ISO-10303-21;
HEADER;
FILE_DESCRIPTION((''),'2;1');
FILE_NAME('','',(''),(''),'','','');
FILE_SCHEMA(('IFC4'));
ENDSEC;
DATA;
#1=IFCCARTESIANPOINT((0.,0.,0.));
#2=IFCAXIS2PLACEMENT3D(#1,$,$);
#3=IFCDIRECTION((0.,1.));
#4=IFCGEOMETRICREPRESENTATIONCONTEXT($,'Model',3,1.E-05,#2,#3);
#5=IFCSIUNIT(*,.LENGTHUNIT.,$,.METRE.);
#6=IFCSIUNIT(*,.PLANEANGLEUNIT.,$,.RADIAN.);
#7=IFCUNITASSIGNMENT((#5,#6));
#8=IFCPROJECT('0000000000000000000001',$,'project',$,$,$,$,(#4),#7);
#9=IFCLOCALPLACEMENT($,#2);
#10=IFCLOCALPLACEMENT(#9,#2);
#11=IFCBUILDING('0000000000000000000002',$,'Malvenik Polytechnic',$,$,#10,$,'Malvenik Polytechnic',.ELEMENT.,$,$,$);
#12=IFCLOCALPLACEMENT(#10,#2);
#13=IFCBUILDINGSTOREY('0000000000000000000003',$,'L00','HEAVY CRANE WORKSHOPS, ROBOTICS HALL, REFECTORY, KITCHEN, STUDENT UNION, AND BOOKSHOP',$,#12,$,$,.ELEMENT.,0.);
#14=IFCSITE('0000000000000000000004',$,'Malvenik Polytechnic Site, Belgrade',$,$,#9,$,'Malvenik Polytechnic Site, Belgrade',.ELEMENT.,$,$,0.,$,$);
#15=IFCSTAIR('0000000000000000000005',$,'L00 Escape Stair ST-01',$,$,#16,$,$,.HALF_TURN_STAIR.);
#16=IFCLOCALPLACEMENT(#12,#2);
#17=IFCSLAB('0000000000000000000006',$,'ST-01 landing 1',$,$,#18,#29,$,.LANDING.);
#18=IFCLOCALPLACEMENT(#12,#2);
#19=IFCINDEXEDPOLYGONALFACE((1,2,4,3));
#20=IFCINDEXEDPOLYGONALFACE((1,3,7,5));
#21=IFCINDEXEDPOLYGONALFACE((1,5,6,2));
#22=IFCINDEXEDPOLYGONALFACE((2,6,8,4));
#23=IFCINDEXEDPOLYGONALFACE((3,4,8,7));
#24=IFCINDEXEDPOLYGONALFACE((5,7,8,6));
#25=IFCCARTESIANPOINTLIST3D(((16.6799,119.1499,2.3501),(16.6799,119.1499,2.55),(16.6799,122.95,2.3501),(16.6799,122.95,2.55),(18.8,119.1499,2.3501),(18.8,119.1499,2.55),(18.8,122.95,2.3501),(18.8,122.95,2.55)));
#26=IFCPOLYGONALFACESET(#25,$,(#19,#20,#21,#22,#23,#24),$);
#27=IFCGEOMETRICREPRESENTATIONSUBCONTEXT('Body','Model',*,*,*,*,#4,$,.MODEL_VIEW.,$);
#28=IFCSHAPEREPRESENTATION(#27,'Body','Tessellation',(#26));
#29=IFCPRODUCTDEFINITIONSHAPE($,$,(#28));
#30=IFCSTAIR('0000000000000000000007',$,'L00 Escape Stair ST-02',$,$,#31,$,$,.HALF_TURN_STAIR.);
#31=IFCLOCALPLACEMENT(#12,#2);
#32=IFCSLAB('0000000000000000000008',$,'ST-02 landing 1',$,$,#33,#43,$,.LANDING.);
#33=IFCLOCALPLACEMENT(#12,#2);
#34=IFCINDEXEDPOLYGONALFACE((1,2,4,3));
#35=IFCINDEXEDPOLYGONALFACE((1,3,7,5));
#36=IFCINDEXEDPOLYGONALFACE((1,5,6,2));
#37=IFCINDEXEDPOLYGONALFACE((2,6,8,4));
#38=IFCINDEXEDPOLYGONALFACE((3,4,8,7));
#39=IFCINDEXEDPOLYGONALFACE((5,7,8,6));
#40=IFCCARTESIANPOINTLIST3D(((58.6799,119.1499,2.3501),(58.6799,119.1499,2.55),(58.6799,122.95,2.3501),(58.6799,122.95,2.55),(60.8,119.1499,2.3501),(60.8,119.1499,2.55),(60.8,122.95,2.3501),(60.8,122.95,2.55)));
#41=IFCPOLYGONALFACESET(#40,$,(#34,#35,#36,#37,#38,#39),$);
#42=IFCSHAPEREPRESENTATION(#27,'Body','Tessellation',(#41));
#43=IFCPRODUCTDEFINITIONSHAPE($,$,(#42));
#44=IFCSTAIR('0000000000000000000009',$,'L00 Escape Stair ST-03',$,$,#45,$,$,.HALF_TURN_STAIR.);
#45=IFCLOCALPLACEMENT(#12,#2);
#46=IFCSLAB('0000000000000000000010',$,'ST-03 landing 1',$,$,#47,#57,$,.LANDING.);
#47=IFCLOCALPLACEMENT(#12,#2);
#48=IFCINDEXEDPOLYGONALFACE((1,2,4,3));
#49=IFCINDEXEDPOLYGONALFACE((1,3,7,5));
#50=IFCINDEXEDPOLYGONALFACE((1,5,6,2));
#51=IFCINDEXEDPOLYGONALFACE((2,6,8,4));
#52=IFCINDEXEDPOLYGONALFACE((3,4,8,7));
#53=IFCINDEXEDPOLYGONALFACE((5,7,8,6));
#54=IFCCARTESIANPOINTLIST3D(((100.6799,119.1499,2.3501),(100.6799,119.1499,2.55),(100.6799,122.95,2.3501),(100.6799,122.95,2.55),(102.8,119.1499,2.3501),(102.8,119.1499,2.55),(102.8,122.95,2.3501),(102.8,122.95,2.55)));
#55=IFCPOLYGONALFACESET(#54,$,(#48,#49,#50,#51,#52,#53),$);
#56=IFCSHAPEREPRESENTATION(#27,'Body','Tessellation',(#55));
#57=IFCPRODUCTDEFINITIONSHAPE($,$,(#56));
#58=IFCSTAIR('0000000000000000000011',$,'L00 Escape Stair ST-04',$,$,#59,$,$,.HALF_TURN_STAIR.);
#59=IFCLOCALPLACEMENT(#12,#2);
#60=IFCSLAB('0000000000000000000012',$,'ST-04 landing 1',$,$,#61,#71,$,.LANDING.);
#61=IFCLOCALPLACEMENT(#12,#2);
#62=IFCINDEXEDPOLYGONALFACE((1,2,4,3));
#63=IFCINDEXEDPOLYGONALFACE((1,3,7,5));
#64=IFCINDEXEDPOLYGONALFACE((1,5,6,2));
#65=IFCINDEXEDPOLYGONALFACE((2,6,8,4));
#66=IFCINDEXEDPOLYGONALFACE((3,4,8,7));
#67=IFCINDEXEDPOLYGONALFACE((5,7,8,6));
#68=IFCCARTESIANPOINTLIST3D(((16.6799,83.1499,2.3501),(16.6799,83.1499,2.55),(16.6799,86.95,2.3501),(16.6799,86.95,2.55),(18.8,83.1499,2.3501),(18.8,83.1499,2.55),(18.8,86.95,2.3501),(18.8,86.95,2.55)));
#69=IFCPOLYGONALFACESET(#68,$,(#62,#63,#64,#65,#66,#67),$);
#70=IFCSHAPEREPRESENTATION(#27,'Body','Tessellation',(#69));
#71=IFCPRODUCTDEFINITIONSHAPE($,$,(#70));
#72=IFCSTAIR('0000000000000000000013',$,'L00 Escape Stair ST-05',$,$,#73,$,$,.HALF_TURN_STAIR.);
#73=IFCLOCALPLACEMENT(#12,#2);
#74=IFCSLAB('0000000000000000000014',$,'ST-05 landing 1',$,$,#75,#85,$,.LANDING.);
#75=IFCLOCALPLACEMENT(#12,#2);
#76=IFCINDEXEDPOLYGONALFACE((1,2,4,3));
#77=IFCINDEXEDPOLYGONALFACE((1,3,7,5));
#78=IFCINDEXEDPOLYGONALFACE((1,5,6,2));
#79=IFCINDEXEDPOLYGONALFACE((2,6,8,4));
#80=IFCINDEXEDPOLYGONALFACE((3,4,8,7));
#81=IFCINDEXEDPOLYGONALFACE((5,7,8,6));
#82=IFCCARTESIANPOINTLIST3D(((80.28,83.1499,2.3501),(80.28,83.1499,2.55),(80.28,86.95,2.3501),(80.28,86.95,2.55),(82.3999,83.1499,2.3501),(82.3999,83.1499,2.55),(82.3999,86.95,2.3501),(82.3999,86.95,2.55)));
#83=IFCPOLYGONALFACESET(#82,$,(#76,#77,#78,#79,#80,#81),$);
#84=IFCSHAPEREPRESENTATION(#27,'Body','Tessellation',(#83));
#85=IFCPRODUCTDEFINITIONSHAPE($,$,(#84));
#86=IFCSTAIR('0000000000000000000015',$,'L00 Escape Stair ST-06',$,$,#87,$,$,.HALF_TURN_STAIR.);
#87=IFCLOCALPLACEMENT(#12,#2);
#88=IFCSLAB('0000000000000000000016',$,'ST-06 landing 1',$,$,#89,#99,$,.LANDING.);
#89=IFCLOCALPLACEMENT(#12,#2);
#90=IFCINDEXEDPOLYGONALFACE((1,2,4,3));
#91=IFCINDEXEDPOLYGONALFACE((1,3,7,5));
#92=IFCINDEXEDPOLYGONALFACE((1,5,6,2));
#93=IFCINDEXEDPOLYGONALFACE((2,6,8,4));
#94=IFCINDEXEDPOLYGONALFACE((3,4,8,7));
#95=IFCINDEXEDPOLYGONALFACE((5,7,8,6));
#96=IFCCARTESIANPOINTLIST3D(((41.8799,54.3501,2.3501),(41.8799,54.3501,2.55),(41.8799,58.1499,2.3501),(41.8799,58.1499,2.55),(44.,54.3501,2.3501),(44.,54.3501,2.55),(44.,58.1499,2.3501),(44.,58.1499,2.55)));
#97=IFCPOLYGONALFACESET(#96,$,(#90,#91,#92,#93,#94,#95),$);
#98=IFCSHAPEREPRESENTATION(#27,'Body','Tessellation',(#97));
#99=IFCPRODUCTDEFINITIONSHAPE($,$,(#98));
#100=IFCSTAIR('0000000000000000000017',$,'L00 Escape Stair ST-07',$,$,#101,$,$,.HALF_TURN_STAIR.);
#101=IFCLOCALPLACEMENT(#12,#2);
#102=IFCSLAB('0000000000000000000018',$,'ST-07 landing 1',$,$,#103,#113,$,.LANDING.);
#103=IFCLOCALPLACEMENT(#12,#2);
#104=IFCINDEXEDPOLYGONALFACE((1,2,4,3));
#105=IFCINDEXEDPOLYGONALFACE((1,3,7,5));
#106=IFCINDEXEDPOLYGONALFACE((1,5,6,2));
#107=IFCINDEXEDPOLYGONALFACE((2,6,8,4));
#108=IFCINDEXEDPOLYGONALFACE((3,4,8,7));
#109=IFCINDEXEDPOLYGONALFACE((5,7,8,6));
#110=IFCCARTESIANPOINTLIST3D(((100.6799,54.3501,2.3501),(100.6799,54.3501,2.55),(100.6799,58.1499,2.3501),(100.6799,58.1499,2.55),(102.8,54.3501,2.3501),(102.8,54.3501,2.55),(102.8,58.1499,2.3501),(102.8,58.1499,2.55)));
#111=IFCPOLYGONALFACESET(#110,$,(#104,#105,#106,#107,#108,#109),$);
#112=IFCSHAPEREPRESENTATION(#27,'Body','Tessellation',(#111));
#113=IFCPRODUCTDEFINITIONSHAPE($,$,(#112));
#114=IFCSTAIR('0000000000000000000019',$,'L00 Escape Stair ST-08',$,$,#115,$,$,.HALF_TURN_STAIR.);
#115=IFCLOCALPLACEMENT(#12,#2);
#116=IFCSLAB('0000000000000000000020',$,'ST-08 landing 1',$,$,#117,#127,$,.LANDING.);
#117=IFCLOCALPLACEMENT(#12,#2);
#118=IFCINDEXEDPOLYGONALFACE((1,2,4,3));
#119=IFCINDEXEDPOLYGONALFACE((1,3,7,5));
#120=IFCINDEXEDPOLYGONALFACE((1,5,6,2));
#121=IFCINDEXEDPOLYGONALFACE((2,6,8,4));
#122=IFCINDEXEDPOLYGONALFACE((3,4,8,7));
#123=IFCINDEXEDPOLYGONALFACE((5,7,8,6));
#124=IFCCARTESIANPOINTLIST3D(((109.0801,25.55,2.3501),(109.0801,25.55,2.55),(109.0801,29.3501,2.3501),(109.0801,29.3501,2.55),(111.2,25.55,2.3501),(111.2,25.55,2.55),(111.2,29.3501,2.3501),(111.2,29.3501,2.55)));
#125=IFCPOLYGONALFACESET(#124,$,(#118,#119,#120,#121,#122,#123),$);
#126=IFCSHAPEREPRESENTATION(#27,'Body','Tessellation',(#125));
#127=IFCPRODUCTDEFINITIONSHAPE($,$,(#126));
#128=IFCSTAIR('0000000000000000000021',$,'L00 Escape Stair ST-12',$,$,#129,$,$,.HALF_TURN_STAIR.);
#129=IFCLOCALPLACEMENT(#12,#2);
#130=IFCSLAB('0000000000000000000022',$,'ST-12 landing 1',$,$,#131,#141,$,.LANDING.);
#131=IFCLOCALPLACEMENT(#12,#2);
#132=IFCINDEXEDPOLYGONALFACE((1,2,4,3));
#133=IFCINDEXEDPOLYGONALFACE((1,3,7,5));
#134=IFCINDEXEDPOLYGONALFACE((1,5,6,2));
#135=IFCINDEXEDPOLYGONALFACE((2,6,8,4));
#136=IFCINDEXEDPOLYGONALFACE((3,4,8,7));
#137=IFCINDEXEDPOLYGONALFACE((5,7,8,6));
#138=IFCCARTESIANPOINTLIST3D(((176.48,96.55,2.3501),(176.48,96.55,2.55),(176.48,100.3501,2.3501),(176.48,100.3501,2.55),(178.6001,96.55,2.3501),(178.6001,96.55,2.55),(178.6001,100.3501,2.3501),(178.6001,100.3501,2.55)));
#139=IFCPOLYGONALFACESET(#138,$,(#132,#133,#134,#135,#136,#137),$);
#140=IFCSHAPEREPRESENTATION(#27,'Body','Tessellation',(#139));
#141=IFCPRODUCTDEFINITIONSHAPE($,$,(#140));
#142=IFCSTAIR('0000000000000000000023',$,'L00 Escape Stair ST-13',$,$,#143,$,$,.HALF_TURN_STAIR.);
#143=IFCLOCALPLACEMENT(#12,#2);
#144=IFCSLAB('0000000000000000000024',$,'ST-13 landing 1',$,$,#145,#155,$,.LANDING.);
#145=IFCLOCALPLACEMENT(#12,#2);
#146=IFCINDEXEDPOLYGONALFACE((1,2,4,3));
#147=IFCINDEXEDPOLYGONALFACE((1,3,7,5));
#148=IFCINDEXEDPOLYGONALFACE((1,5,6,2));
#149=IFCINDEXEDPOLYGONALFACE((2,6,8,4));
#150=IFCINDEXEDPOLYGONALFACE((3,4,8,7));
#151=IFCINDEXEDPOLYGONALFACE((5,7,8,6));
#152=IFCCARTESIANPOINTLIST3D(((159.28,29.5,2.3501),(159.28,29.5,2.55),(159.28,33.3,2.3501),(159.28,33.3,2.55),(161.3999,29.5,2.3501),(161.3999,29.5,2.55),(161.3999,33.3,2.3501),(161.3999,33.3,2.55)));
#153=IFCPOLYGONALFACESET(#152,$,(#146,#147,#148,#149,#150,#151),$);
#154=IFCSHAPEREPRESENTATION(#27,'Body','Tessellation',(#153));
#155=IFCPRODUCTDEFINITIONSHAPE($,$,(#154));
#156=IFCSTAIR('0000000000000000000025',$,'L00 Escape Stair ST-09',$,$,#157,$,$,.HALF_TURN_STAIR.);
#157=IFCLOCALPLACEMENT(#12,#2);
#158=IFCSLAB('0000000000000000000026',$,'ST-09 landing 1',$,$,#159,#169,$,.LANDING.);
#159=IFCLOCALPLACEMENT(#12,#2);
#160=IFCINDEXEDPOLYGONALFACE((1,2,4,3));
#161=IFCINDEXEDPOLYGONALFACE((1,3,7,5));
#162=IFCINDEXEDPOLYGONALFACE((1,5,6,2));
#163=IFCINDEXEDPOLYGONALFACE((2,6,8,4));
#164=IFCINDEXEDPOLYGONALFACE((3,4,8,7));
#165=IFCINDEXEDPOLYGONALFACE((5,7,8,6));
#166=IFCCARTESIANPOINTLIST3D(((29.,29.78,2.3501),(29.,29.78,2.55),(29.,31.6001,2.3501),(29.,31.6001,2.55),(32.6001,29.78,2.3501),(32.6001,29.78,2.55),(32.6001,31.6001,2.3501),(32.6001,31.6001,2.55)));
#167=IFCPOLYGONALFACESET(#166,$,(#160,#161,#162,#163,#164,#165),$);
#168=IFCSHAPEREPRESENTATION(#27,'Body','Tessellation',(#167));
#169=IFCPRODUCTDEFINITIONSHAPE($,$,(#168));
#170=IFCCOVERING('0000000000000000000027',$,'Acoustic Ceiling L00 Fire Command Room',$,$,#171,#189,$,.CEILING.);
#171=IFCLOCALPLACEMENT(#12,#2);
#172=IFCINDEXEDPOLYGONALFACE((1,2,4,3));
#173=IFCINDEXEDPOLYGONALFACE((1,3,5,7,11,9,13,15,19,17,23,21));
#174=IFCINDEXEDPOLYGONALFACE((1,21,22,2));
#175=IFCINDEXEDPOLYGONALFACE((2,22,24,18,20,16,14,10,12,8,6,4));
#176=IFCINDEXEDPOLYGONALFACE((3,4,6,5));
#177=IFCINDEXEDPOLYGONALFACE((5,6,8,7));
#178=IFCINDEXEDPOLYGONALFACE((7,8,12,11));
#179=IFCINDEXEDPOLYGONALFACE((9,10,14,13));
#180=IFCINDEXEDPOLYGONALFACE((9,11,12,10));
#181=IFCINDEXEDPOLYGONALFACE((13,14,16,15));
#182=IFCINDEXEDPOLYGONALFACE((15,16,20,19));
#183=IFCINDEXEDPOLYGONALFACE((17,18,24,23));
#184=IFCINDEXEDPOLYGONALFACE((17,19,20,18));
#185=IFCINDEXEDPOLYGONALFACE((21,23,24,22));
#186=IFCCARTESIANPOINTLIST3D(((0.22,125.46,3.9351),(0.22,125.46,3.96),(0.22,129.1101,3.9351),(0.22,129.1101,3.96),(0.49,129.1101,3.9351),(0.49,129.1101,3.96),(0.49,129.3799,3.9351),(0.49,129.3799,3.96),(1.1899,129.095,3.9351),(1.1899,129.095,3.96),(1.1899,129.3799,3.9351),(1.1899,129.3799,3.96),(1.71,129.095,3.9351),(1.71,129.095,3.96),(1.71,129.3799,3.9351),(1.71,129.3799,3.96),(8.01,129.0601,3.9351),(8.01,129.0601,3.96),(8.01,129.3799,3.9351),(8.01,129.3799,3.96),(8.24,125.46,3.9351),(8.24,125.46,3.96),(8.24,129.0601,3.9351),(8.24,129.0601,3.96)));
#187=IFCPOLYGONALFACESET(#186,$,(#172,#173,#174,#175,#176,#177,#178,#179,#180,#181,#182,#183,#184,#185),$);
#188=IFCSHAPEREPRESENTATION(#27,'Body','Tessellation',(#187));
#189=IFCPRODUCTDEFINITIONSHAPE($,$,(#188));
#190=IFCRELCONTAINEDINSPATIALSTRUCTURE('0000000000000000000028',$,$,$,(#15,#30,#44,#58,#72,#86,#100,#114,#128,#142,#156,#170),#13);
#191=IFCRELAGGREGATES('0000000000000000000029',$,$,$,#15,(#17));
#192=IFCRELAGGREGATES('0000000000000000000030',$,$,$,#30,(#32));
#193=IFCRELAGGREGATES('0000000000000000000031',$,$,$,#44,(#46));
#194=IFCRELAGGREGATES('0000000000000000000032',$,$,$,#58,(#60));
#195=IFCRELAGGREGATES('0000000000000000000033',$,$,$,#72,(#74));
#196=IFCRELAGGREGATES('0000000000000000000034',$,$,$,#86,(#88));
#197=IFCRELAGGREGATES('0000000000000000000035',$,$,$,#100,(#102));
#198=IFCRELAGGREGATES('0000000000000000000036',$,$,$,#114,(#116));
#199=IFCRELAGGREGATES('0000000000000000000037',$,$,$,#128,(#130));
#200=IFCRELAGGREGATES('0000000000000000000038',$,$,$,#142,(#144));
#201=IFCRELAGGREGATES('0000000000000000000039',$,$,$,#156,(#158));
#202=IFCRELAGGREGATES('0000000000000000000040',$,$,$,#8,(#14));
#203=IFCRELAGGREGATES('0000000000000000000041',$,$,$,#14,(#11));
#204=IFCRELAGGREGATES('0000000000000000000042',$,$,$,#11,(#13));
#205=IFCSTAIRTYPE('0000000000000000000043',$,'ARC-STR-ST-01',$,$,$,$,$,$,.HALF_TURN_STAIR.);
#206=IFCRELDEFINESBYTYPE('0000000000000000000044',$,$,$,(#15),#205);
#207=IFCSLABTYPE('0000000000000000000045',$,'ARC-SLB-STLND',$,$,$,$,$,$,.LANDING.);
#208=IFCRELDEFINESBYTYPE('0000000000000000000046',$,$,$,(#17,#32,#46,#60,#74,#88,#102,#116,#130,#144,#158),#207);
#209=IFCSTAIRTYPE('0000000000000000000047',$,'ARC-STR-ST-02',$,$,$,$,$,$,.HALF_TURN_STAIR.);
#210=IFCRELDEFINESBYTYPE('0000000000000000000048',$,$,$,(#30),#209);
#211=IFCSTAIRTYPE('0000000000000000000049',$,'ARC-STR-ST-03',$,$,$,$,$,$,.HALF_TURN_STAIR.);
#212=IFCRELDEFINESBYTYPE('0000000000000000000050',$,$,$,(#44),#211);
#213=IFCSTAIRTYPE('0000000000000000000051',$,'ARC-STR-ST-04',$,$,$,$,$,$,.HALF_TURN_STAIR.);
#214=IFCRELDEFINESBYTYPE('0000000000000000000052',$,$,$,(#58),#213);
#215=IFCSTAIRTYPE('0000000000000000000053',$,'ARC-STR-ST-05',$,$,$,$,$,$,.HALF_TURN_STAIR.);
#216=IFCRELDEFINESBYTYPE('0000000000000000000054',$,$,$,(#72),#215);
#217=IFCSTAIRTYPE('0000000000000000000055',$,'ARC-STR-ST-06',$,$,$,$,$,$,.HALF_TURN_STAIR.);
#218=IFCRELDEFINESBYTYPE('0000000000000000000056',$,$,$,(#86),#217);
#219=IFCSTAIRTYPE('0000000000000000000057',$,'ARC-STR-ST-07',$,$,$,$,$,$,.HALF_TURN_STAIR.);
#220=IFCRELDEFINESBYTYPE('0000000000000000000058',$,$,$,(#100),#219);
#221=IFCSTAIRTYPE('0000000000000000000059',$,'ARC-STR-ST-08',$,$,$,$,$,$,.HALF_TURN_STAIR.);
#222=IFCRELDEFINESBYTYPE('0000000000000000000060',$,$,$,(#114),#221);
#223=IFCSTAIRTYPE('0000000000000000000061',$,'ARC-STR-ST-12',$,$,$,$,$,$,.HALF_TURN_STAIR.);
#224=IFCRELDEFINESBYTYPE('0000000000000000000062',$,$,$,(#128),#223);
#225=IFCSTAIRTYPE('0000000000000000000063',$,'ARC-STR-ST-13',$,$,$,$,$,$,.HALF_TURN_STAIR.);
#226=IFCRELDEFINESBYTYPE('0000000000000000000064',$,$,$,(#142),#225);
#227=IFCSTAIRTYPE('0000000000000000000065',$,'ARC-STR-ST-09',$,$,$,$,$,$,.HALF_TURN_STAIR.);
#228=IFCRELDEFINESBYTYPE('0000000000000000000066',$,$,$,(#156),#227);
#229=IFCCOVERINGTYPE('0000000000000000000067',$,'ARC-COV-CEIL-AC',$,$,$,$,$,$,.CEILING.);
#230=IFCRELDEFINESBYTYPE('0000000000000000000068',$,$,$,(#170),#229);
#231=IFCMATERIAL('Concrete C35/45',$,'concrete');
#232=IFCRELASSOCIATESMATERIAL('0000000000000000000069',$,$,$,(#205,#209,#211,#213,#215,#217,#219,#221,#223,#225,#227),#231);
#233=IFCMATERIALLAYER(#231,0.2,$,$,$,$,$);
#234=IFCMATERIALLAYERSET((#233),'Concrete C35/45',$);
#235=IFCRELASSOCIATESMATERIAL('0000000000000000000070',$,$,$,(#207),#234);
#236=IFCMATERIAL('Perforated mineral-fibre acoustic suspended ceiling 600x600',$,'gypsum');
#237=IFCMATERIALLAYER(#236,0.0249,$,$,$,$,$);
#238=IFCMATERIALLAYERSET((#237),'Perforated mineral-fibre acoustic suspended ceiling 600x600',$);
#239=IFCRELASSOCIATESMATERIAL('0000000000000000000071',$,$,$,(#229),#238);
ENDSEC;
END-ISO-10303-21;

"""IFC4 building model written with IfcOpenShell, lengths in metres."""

from ifc_helpers import new_model, si_unit, direction, frame, origin, place, context, subcontext, project, spatial, polyline, outline, extrude, material, layer, layer_set, type_object, element, aggregate, save


model = new_model("IFC4")

# Units and contexts
model_context = context("Model", 3, precision=1e-05, world=origin(), true_north=direction((0.0, 1.0)))
body_context = subcontext(model_context, "Body", "Model", "MODEL_VIEW")
ifc_project = project(units=[si_unit("LENGTHUNIT", "METRE"), si_unit("PLANEANGLEUNIT", "RADIAN")], contexts=[model_context])

# Site, building, storey
site_placement = place(None, origin())
site = spatial("IfcSite", under=ifc_project, at=site_placement, Name="Malvenik Polytechnic Site, Belgrade", LongName="Malvenik Polytechnic Site, Belgrade", CompositionType="ELEMENT", RefElevation=0.0)
building_placement = place(site_placement, origin())
building = spatial("IfcBuilding", under=site, at=building_placement, Name="Malvenik Polytechnic", LongName="Malvenik Polytechnic", CompositionType="ELEMENT")
storey_placement = place(building_placement, origin())
storey = spatial("IfcBuildingStorey", under=building, at=storey_placement, Name="L00", Description="HEAVY CRANE WORKSHOPS, ROBOTICS HALL, REFECTORY, KITCHEN, STUDENT UNION, AND BOOKSHOP", CompositionType="ELEMENT", Elevation=0.0)

# Stairs, slabs
ifc_material_1 = material(Name="Concrete C35/45", Category="concrete")
stair_type_1 = type_object("IfcStairType", Name="ARC-STR-ST-01", PredefinedType="HALF_TURN_STAIR", material=ifc_material_1)
stair_1_placement = place(storey_placement, origin())
stair_1 = element("IfcStair", 1, at=stair_1_placement, inside=storey, type_object=stair_type_1, Name="L00 Escape Stair ST-01", PredefinedType="HALF_TURN_STAIR")
ifc_layer_1 = layer(ifc_material_1, 0.2)
ifc_layer_set_1 = layer_set([ifc_layer_1], Name="Concrete C35/45")
slab_type = type_object("IfcSlabType", Name="ARC-SLB-STLND", PredefinedType="LANDING", material=ifc_layer_set_1)
slab_1_placement = place(storey_placement, frame((0.0, 0.0, 2.3501)))
slab_1 = element("IfcSlab", 2, at=slab_1_placement, type_object=slab_type, Name="ST-01 landing 1", PredefinedType="LANDING", context=body_context, shape_type="SweptSolid", body=[
    extrude(outline(polyline([(16.6799, 119.1499), (18.8, 119.1499), (18.8, 122.95), (16.6799, 122.95), (16.6799, 119.1499)])), origin(), (0.0, 0.0, 1.0), 0.2),
])
aggregate(stair_1, [slab_1])
stair_type_2 = type_object("IfcStairType", Name="ARC-STR-ST-02", PredefinedType="HALF_TURN_STAIR", material=ifc_material_1)
stair_2_placement = place(storey_placement, origin())
stair_2 = element("IfcStair", 3, at=stair_2_placement, inside=storey, type_object=stair_type_2, Name="L00 Escape Stair ST-02", PredefinedType="HALF_TURN_STAIR")
slab_2_placement = place(storey_placement, frame((0.0, 0.0, 2.3501)))
slab_2 = element("IfcSlab", 4, at=slab_2_placement, type_object=slab_type, Name="ST-02 landing 1", PredefinedType="LANDING", context=body_context, shape_type="SweptSolid", body=[
    extrude(outline(polyline([(58.6799, 119.1499), (60.8, 119.1499), (60.8, 122.95), (58.6799, 122.95), (58.6799, 119.1499)])), origin(), (0.0, 0.0, 1.0), 0.2),
])
aggregate(stair_2, [slab_2])
stair_type_3 = type_object("IfcStairType", Name="ARC-STR-ST-03", PredefinedType="HALF_TURN_STAIR", material=ifc_material_1)
stair_3_placement = place(storey_placement, origin())
stair_3 = element("IfcStair", 5, at=stair_3_placement, inside=storey, type_object=stair_type_3, Name="L00 Escape Stair ST-03", PredefinedType="HALF_TURN_STAIR")
slab_3_placement = place(storey_placement, frame((0.0, 0.0, 2.3501)))
slab_3 = element("IfcSlab", 6, at=slab_3_placement, type_object=slab_type, Name="ST-03 landing 1", PredefinedType="LANDING", context=body_context, shape_type="SweptSolid", body=[
    extrude(outline(polyline([(100.6799, 119.1499), (102.8, 119.1499), (102.8, 122.95), (100.6799, 122.95), (100.6799, 119.1499)])), origin(), (0.0, 0.0, 1.0), 0.2),
])
aggregate(stair_3, [slab_3])
stair_type_4 = type_object("IfcStairType", Name="ARC-STR-ST-04", PredefinedType="HALF_TURN_STAIR", material=ifc_material_1)
stair_4_placement = place(storey_placement, origin())
stair_4 = element("IfcStair", 7, at=stair_4_placement, inside=storey, type_object=stair_type_4, Name="L00 Escape Stair ST-04", PredefinedType="HALF_TURN_STAIR")
slab_4_placement = place(storey_placement, frame((0.0, 0.0, 2.3501)))
slab_4 = element("IfcSlab", 8, at=slab_4_placement, type_object=slab_type, Name="ST-04 landing 1", PredefinedType="LANDING", context=body_context, shape_type="SweptSolid", body=[
    extrude(outline(polyline([(16.6799, 83.1499), (18.8, 83.1499), (18.8, 86.95), (16.6799, 86.95), (16.6799, 83.1499)])), origin(), (0.0, 0.0, 1.0), 0.2),
])
aggregate(stair_4, [slab_4])
stair_type_5 = type_object("IfcStairType", Name="ARC-STR-ST-05", PredefinedType="HALF_TURN_STAIR", material=ifc_material_1)
stair_5_placement = place(storey_placement, origin())
stair_5 = element("IfcStair", 9, at=stair_5_placement, inside=storey, type_object=stair_type_5, Name="L00 Escape Stair ST-05", PredefinedType="HALF_TURN_STAIR")
slab_5_placement = place(storey_placement, frame((0.0, 0.0, 2.3501)))
slab_5 = element("IfcSlab", 10, at=slab_5_placement, type_object=slab_type, Name="ST-05 landing 1", PredefinedType="LANDING", context=body_context, shape_type="SweptSolid", body=[
    extrude(outline(polyline([(80.28, 83.1499), (82.3999, 83.1499), (82.3999, 86.95), (80.28, 86.95), (80.28, 83.1499)])), origin(), (0.0, 0.0, 1.0), 0.2),
])
aggregate(stair_5, [slab_5])
stair_type_6 = type_object("IfcStairType", Name="ARC-STR-ST-06", PredefinedType="HALF_TURN_STAIR", material=ifc_material_1)
stair_6_placement = place(storey_placement, origin())
stair_6 = element("IfcStair", 11, at=stair_6_placement, inside=storey, type_object=stair_type_6, Name="L00 Escape Stair ST-06", PredefinedType="HALF_TURN_STAIR")
slab_6_placement = place(storey_placement, frame((0.0, 0.0, 2.3501)))
slab_6 = element("IfcSlab", 12, at=slab_6_placement, type_object=slab_type, Name="ST-06 landing 1", PredefinedType="LANDING", context=body_context, shape_type="SweptSolid", body=[
    extrude(outline(polyline([(41.8799, 54.3501), (44.0, 54.3501), (44.0, 58.1499), (41.8799, 58.1499), (41.8799, 54.3501)])), origin(), (0.0, 0.0, 1.0), 0.2),
])
aggregate(stair_6, [slab_6])
stair_type_7 = type_object("IfcStairType", Name="ARC-STR-ST-07", PredefinedType="HALF_TURN_STAIR", material=ifc_material_1)
stair_7_placement = place(storey_placement, origin())
stair_7 = element("IfcStair", 13, at=stair_7_placement, inside=storey, type_object=stair_type_7, Name="L00 Escape Stair ST-07", PredefinedType="HALF_TURN_STAIR")
slab_7_placement = place(storey_placement, frame((0.0, 0.0, 2.3501)))
slab_7 = element("IfcSlab", 14, at=slab_7_placement, type_object=slab_type, Name="ST-07 landing 1", PredefinedType="LANDING", context=body_context, shape_type="SweptSolid", body=[
    extrude(outline(polyline([(100.6799, 54.3501), (102.8, 54.3501), (102.8, 58.1499), (100.6799, 58.1499), (100.6799, 54.3501)])), origin(), (0.0, 0.0, 1.0), 0.2),
])
aggregate(stair_7, [slab_7])
stair_type_8 = type_object("IfcStairType", Name="ARC-STR-ST-08", PredefinedType="HALF_TURN_STAIR", material=ifc_material_1)
stair_8_placement = place(storey_placement, origin())
stair_8 = element("IfcStair", 15, at=stair_8_placement, inside=storey, type_object=stair_type_8, Name="L00 Escape Stair ST-08", PredefinedType="HALF_TURN_STAIR")
slab_8_placement = place(storey_placement, frame((0.0, 0.0, 2.3501)))
slab_8 = element("IfcSlab", 16, at=slab_8_placement, type_object=slab_type, Name="ST-08 landing 1", PredefinedType="LANDING", context=body_context, shape_type="SweptSolid", body=[
    extrude(outline(polyline([(109.0801, 25.55), (111.2, 25.55), (111.2, 29.3501), (109.0801, 29.3501), (109.0801, 25.55)])), origin(), (0.0, 0.0, 1.0), 0.2),
])
aggregate(stair_8, [slab_8])
stair_type_9 = type_object("IfcStairType", Name="ARC-STR-ST-12", PredefinedType="HALF_TURN_STAIR", material=ifc_material_1)
stair_9_placement = place(storey_placement, origin())
stair_9 = element("IfcStair", 17, at=stair_9_placement, inside=storey, type_object=stair_type_9, Name="L00 Escape Stair ST-12", PredefinedType="HALF_TURN_STAIR")
slab_9_placement = place(storey_placement, frame((0.0, 0.0, 2.3501)))
slab_9 = element("IfcSlab", 18, at=slab_9_placement, type_object=slab_type, Name="ST-12 landing 1", PredefinedType="LANDING", context=body_context, shape_type="SweptSolid", body=[
    extrude(outline(polyline([(176.48, 96.55), (178.6001, 96.55), (178.6001, 100.3501), (176.48, 100.3501), (176.48, 96.55)])), origin(), (0.0, 0.0, 1.0), 0.2),
])
aggregate(stair_9, [slab_9])
stair_type_10 = type_object("IfcStairType", Name="ARC-STR-ST-13", PredefinedType="HALF_TURN_STAIR", material=ifc_material_1)
stair_10_placement = place(storey_placement, origin())
stair_10 = element("IfcStair", 19, at=stair_10_placement, inside=storey, type_object=stair_type_10, Name="L00 Escape Stair ST-13", PredefinedType="HALF_TURN_STAIR")
slab_10_placement = place(storey_placement, frame((0.0, 0.0, 2.3501)))
slab_10 = element("IfcSlab", 20, at=slab_10_placement, type_object=slab_type, Name="ST-13 landing 1", PredefinedType="LANDING", context=body_context, shape_type="SweptSolid", body=[
    extrude(outline(polyline([(159.28, 29.5), (161.3999, 29.5), (161.3999, 33.3), (159.28, 33.3), (159.28, 29.5)])), origin(), (0.0, 0.0, 1.0), 0.2),
])
aggregate(stair_10, [slab_10])
stair_type_11 = type_object("IfcStairType", Name="ARC-STR-ST-09", PredefinedType="HALF_TURN_STAIR", material=ifc_material_1)
stair_11_placement = place(storey_placement, origin())
stair_11 = element("IfcStair", 21, at=stair_11_placement, inside=storey, type_object=stair_type_11, Name="L00 Escape Stair ST-09", PredefinedType="HALF_TURN_STAIR")
slab_11_placement = place(storey_placement, frame((0.0, 0.0, 2.3501)))
slab_11 = element("IfcSlab", 22, at=slab_11_placement, type_object=slab_type, Name="ST-09 landing 1", PredefinedType="LANDING", context=body_context, shape_type="SweptSolid", body=[
    extrude(outline(polyline([(32.6001, 29.78), (32.6001, 31.6001), (29.0, 31.6001), (29.0, 29.78), (32.6001, 29.78)])), origin(), (0.0, 0.0, 1.0), 0.2),
])
aggregate(stair_11, [slab_11])

# Covering
ifc_material_2 = material(Name="Perforated mineral-fibre acoustic suspended ceiling 600x600", Category="gypsum")
ifc_layer_2 = layer(ifc_material_2, 0.0249)
ifc_layer_set_2 = layer_set([ifc_layer_2], Name="Perforated mineral-fibre acoustic suspended ceiling 600x600")
covering_type_1 = type_object("IfcCoveringType", Name="ARC-COV-CEIL-AC", PredefinedType="CEILING", material=ifc_layer_set_2)
covering_1_placement = place(storey_placement, frame((0.0, 0.0, 3.9351)))
element("IfcCovering", 23, at=covering_1_placement, inside=storey, type_object=covering_type_1, Name="Acoustic Ceiling L00 Fire Command Room", PredefinedType="CEILING", context=body_context, shape_type="SweptSolid", body=[
    extrude(outline(polyline([(0.22, 129.1101), (0.49, 129.1101), (0.49, 129.3799), (1.1899, 129.3799), (1.1899, 129.095), (1.71, 129.095), (1.71, 129.3799), (8.01, 129.3799), (8.01, 129.0601), (8.24, 129.0601), (8.24, 125.46), (0.22, 125.46), (0.22, 129.1101)])), origin(), (0.0, 0.0, 1.0), 0.0249),
])

save(model, "model.ifc")
